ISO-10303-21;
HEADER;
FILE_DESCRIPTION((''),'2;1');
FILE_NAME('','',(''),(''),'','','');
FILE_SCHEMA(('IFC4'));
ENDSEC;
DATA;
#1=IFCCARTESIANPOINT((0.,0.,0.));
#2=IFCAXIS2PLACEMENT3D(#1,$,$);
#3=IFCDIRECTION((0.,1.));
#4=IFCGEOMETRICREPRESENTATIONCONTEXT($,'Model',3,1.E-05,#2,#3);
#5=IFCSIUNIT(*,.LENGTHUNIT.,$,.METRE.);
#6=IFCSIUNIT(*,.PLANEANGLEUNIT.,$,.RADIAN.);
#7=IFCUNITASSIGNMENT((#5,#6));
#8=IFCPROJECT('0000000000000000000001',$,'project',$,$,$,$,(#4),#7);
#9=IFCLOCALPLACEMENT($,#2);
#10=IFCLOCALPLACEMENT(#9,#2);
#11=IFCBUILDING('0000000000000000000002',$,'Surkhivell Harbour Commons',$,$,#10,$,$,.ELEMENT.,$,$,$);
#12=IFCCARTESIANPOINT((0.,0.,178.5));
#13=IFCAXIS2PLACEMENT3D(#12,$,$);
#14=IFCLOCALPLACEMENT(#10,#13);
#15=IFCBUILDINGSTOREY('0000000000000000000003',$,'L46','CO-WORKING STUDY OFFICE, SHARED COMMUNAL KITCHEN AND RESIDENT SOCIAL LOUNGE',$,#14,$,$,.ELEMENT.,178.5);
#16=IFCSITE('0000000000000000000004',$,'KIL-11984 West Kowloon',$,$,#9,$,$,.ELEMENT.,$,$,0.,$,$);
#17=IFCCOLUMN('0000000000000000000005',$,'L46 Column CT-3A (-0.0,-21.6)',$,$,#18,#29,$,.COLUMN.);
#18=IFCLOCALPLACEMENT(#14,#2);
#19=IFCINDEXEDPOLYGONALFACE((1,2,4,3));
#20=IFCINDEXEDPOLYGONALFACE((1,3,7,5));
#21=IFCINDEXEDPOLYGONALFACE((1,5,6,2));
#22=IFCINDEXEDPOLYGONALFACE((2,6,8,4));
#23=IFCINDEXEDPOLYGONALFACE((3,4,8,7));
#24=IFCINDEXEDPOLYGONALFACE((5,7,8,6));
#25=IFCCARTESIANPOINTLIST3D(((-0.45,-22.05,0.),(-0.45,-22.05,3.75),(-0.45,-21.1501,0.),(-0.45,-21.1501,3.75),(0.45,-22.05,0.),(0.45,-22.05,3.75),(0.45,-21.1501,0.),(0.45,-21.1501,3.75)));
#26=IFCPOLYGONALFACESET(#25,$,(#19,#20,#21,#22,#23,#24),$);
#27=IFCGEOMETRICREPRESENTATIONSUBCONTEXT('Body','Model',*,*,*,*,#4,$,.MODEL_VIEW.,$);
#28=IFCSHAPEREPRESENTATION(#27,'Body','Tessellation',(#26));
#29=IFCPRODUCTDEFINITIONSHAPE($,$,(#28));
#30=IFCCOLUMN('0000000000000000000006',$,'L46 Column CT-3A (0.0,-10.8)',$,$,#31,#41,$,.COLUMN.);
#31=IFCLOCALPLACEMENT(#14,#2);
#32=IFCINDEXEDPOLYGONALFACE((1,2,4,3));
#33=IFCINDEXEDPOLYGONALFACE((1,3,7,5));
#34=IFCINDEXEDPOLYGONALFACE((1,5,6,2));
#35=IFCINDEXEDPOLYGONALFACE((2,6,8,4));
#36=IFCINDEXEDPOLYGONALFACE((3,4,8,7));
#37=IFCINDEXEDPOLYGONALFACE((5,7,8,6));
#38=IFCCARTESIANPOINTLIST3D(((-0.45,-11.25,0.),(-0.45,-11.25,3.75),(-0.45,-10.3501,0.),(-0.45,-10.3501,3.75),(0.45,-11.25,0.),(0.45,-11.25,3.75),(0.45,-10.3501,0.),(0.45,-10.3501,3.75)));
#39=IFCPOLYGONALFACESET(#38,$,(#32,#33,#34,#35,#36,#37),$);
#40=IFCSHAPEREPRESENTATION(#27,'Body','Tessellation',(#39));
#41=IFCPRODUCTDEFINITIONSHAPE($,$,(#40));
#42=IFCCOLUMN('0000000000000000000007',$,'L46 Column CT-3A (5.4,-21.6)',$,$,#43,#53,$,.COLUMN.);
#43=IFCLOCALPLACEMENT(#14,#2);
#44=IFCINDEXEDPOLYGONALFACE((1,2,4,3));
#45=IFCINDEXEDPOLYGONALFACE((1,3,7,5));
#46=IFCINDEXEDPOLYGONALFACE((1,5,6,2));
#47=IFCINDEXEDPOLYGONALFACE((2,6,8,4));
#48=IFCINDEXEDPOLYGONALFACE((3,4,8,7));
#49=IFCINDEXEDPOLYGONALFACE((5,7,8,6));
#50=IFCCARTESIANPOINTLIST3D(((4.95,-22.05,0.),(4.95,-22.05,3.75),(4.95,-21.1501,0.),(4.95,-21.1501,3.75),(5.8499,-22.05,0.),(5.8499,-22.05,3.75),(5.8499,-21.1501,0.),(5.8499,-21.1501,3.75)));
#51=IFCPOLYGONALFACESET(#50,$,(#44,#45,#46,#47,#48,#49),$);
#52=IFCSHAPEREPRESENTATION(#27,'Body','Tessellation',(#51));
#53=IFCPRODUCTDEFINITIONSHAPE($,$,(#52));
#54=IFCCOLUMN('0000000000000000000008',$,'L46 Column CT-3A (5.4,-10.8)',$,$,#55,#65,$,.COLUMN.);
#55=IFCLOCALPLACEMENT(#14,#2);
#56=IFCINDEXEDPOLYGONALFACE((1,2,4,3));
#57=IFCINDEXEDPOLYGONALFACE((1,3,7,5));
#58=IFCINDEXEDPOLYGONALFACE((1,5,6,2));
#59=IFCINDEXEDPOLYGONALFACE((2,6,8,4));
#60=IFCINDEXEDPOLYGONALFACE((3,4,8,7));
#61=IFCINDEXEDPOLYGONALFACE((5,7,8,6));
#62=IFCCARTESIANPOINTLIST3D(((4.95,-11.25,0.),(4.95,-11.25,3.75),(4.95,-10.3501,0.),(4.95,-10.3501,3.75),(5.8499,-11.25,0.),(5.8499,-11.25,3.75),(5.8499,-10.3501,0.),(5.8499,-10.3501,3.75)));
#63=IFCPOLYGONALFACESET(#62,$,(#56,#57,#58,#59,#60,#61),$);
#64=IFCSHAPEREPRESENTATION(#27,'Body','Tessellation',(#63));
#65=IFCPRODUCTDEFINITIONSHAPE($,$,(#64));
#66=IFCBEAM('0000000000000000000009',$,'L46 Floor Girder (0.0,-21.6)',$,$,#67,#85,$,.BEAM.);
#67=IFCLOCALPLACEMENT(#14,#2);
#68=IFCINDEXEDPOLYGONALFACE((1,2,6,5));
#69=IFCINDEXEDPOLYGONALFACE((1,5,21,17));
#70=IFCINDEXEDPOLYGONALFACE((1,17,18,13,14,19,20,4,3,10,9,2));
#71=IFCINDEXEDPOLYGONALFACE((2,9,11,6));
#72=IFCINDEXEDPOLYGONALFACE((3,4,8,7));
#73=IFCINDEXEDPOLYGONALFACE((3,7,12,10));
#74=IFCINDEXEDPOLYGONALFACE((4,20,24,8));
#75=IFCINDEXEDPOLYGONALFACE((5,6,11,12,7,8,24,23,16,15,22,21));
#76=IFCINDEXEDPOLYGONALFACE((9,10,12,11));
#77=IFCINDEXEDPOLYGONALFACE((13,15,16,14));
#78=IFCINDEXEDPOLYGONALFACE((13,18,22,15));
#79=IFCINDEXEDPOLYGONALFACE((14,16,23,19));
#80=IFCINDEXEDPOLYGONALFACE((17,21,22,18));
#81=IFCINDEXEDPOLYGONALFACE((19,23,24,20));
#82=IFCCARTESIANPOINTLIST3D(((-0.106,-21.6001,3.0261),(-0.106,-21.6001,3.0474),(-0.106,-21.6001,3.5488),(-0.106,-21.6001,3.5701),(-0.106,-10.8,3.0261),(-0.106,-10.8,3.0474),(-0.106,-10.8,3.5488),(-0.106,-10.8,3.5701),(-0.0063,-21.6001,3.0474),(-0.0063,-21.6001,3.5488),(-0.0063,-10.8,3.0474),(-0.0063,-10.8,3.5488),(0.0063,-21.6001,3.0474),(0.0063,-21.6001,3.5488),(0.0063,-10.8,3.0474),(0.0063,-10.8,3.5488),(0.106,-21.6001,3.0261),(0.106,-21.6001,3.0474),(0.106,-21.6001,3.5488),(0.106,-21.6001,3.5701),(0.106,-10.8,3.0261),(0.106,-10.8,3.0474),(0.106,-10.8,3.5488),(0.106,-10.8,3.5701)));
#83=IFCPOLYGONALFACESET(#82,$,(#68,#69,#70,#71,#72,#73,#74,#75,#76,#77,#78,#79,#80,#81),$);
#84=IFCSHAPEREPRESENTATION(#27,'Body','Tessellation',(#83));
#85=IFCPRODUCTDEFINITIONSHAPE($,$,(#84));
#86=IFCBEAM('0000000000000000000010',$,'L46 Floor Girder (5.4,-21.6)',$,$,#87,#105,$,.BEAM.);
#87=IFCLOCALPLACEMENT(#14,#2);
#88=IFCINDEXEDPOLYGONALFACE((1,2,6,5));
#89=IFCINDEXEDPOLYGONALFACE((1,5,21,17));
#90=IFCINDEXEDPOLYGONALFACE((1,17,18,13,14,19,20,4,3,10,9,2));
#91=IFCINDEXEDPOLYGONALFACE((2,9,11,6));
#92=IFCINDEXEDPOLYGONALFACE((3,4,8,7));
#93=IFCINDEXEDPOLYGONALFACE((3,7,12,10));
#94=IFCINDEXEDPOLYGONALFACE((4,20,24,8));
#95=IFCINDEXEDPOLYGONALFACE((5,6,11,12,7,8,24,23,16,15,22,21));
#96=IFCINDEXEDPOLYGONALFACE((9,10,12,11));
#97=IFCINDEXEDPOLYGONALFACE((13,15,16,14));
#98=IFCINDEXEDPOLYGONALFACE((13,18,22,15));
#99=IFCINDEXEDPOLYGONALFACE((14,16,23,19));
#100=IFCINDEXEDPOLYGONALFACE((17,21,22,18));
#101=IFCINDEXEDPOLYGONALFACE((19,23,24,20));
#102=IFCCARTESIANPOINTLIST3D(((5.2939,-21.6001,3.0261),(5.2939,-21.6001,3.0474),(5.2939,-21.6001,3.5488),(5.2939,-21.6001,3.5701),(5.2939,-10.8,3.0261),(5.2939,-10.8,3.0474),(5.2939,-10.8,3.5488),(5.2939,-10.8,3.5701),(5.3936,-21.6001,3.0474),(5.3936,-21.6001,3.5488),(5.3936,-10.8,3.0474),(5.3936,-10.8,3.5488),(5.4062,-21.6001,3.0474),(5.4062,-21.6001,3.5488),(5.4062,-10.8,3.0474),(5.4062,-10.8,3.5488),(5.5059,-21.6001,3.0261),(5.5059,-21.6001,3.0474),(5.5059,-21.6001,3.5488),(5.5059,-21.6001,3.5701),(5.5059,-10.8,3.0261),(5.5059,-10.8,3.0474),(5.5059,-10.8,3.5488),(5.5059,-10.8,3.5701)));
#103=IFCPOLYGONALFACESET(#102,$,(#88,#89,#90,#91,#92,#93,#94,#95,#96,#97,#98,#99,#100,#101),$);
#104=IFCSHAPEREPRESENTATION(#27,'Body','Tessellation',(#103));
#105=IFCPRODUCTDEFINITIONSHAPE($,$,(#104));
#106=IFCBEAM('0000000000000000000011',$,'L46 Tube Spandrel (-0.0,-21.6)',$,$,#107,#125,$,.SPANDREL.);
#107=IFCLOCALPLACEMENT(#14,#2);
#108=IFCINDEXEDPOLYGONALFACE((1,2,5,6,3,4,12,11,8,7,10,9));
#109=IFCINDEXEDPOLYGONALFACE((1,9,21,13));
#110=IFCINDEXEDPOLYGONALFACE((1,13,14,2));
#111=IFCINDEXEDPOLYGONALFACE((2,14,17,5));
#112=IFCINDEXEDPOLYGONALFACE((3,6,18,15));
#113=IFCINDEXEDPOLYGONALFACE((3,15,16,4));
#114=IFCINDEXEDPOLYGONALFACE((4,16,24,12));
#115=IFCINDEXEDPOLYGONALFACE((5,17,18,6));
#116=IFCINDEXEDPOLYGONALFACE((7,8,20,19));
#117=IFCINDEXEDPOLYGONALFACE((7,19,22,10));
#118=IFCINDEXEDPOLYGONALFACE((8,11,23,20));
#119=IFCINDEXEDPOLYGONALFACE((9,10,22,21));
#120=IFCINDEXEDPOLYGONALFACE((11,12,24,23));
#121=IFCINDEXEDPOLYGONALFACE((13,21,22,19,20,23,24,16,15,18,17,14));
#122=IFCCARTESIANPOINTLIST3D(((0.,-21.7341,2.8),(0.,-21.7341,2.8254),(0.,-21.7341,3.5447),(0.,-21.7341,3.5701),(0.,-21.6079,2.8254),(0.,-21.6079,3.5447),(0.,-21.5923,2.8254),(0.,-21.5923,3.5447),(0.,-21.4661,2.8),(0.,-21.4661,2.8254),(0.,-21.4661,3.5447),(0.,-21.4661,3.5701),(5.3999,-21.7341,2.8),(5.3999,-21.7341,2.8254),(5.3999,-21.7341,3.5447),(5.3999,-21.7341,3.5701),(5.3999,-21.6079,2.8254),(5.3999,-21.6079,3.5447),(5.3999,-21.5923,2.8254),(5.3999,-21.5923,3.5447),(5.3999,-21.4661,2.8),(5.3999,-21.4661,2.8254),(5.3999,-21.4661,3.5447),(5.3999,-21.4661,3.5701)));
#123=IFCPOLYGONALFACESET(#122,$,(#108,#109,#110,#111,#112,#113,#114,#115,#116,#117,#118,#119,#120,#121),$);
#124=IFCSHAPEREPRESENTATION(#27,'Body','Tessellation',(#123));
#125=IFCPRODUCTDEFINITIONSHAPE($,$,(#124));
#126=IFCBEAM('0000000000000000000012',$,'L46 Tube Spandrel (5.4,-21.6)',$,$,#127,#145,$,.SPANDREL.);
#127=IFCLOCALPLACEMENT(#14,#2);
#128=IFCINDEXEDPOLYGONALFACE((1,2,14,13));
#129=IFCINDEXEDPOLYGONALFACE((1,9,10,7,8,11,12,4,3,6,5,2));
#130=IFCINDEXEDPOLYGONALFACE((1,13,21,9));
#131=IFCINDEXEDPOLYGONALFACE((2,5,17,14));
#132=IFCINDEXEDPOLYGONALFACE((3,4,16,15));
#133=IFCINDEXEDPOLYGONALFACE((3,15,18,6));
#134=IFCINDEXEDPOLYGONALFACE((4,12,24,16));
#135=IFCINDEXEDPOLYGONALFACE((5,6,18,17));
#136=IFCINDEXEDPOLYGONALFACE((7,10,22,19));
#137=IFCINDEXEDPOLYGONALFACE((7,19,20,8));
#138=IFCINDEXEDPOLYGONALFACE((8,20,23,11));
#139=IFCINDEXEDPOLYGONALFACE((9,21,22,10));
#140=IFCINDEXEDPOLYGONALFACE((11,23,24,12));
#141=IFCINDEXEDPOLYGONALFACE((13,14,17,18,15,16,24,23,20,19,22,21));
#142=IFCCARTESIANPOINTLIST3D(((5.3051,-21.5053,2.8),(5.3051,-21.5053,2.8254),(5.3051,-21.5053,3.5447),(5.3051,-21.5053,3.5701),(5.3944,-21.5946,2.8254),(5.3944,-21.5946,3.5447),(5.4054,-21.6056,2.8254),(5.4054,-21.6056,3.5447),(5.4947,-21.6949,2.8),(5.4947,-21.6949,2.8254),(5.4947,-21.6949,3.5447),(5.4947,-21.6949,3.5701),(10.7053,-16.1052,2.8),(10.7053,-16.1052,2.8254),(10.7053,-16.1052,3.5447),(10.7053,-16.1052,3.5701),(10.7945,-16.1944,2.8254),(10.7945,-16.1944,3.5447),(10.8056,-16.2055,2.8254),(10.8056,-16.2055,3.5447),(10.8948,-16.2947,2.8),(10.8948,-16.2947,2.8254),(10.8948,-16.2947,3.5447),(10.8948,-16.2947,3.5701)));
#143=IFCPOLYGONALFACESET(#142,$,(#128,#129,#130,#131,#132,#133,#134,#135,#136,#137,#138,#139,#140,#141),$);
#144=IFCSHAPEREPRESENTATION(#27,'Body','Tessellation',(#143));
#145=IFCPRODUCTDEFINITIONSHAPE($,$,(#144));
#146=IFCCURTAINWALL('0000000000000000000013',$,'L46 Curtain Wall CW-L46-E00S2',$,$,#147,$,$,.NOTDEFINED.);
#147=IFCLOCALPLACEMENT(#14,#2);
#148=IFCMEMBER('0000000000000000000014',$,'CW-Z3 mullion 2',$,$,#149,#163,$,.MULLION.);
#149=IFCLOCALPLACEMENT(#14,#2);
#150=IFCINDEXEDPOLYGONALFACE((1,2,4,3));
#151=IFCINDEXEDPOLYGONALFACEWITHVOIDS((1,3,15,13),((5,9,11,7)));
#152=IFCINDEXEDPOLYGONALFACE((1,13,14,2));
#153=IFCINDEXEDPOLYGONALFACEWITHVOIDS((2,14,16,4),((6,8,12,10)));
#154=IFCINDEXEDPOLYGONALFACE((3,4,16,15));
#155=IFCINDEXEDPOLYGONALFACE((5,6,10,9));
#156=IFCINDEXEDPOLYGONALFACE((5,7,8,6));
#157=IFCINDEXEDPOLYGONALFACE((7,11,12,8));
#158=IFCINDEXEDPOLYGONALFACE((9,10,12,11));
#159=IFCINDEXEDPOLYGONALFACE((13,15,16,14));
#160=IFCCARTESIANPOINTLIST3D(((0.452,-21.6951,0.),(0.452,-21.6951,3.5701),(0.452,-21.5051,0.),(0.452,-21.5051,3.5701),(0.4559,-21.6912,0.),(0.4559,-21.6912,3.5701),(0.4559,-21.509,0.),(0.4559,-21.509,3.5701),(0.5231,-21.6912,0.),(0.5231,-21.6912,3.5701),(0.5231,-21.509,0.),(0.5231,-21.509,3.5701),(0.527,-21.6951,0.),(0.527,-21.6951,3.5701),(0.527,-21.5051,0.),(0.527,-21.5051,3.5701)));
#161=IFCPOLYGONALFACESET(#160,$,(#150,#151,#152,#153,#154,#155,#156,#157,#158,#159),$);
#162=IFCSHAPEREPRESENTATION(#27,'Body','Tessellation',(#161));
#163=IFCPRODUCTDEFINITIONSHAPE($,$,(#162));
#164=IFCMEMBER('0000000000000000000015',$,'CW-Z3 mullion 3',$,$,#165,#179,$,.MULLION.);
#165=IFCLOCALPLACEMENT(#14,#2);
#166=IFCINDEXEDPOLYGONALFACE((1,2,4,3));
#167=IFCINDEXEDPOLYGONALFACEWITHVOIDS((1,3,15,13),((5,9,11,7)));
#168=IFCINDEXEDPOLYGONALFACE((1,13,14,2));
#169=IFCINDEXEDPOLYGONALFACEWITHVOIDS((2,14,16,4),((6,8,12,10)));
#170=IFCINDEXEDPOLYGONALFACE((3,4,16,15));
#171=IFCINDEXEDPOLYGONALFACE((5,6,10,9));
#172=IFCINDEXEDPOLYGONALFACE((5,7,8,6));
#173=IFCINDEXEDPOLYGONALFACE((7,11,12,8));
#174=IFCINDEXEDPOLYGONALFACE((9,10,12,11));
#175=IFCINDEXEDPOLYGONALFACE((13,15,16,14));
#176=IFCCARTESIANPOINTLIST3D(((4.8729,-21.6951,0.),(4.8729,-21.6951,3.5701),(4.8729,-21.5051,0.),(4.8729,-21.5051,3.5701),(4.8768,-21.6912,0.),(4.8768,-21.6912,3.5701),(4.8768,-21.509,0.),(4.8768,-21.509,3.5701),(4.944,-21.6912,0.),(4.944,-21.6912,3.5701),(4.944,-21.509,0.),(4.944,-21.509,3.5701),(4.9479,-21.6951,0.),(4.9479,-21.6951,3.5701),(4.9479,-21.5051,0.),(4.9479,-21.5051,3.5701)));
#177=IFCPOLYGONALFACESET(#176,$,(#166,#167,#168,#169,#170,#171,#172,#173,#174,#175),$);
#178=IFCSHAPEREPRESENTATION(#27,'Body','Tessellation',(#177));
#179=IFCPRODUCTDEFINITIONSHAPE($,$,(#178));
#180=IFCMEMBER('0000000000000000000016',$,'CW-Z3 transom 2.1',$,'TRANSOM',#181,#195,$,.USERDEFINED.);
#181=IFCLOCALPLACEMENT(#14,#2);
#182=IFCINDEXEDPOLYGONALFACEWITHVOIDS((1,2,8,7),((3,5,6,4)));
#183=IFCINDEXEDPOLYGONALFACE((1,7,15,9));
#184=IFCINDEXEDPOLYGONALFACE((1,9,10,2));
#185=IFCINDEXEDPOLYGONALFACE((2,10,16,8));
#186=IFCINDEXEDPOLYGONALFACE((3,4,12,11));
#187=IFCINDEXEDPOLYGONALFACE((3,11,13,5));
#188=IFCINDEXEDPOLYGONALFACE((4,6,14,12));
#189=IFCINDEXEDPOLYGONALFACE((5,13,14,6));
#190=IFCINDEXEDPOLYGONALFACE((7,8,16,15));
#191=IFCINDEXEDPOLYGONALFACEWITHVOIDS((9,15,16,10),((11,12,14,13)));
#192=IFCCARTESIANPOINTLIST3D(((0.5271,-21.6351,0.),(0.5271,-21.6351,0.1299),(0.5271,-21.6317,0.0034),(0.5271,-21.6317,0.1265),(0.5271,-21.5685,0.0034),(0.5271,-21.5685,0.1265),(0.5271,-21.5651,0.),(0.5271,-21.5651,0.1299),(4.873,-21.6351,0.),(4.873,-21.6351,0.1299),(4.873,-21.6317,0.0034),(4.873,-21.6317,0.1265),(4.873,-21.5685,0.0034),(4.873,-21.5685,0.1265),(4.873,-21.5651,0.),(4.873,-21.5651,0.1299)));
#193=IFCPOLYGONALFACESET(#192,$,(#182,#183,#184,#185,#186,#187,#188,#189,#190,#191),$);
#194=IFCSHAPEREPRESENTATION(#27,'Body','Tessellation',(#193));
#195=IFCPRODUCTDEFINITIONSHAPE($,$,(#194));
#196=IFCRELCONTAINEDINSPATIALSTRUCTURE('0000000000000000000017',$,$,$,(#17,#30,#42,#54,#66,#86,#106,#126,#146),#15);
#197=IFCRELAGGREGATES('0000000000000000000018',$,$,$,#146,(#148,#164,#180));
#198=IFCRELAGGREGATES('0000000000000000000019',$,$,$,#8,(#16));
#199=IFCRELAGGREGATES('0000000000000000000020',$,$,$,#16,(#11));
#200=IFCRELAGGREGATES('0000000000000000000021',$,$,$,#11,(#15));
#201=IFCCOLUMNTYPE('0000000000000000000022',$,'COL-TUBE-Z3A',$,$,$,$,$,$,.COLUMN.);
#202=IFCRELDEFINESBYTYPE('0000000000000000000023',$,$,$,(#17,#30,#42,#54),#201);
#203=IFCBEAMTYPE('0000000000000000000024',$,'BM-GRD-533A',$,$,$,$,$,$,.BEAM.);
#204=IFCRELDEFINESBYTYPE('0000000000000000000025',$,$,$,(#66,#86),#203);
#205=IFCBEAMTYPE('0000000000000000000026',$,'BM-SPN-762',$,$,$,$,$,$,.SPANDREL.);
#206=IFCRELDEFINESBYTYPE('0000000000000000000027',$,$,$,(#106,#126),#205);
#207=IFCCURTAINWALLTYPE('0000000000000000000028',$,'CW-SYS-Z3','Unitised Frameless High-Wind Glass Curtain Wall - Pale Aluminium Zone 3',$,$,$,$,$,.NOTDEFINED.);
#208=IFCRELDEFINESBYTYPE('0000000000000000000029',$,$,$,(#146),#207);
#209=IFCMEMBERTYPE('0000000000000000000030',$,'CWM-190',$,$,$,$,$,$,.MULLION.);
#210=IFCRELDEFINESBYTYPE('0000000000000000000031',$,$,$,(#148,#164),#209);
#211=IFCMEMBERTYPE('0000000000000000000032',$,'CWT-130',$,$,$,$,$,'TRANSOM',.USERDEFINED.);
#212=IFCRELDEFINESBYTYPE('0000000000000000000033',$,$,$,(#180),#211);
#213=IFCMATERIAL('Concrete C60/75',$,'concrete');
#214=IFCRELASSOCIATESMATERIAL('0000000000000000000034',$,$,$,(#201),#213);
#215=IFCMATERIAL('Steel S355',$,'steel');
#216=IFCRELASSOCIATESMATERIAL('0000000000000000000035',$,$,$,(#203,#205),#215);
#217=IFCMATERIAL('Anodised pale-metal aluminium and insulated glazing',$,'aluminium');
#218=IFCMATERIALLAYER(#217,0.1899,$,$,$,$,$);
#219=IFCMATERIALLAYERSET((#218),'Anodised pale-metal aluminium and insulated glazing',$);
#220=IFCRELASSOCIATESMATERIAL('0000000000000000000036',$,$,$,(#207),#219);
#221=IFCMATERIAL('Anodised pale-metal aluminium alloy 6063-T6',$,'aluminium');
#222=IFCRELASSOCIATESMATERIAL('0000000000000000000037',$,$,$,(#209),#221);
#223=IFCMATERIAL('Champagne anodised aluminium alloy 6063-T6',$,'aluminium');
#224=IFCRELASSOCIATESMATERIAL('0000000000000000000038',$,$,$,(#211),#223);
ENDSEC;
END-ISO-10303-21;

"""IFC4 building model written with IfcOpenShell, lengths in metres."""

from ifc_helpers import new_model, si_unit, direction, frame, origin, origin_2d, place, context, subcontext, project, spatial, rectangle, hollow_rectangle, i_section, extrude, material, layer, layer_set, material_profile, profile_set, type_object, element, aggregate, save


model = new_model("IFC4")

# Units and contexts
model_context = context("Model", 3, precision=1e-05, world=origin(), true_north=direction((0.0, 1.0)))
body_context = subcontext(model_context, "Body", "Model", "MODEL_VIEW")
ifc_project = project(units=[si_unit("LENGTHUNIT", "METRE"), si_unit("PLANEANGLEUNIT", "RADIAN")], contexts=[model_context])

# Site, building, storey
site_placement = place(None, origin())
site = spatial("IfcSite", under=ifc_project, at=site_placement, Name="KIL-11984 West Kowloon", CompositionType="ELEMENT", RefElevation=0.0)
building_placement = place(site_placement, origin())
building = spatial("IfcBuilding", under=site, at=building_placement, Name="Surkhivell Harbour Commons", CompositionType="ELEMENT")
storey_placement = place(building_placement, frame((0.0, 0.0, 178.5)))
storey = spatial("IfcBuildingStorey", under=building, at=storey_placement, Name="L46", Description="CO-WORKING STUDY OFFICE, SHARED COMMUNAL KITCHEN AND RESIDENT SOCIAL LOUNGE", CompositionType="ELEMENT", Elevation=178.5)

# Columns
ifc_material_1 = material(Name="Concrete C60/75", Category="concrete")
ifc_material_profile_1 = material_profile(ifc_material_1, rectangle(XDim=0.8999, YDim=0.8999, at=origin_2d()), Name="RC-COL-900x900")
ifc_profile_set_1 = profile_set([ifc_material_profile_1], Name="Concrete C60/75")
column_type = type_object("IfcColumnType", Name="COL-TUBE-Z3A", PredefinedType="COLUMN", material=ifc_profile_set_1)
for number, where, z_axis, x_axis, name in (
    (1, (0.0, -21.6001, 0.0), (0.0, 0.0, 1.0), (1.0, 0.0, 0.0), "L46 Column CT-3A (-0.0,-21.6)"),
    (2, (0.0, -10.8, 0.0), (0.0, 0.0, 1.0), (1.0, 0.0, 0.0), "L46 Column CT-3A (0.0,-10.8)"),
    (3, (5.3999, -21.6001, 0.0), (0.0, 0.0, 1.0), (1.0, 0.0, 0.0), "L46 Column CT-3A (5.4,-21.6)"),
    (4, (5.3999, -10.8, 0.0), (0.0, 0.0, 1.0), (1.0, 0.0, 0.0), "L46 Column CT-3A (5.4,-10.8)"),
):
    element("IfcColumn", number, at=place(storey_placement, frame(where, z_axis=z_axis, x_axis=x_axis)), inside=storey, type_object=column_type, Name=name, PredefinedType="COLUMN", context=body_context, shape_type="SweptSolid", body=[
        extrude(rectangle(XDim=0.8999, YDim=0.8999, at=origin_2d()), origin(), (0.0, 0.0, 1.0), 3.75),
    ])

# Beams
ifc_material_2 = material(Name="Steel S355", Category="steel")
ifc_material_profile_2 = material_profile(ifc_material_2, i_section(OverallWidth=0.2119, OverallDepth=0.5439, WebThickness=0.0127, FlangeThickness=0.0212, at=origin_2d()), Name="UB533x210x122")
ifc_profile_set_2 = profile_set([ifc_material_profile_2], Name="Steel S355")
beam_type_1 = type_object("IfcBeamType", Name="BM-GRD-533A", PredefinedType="BEAM", material=ifc_profile_set_2)
for number, where, z_axis, x_axis, name in (
    (5, (0.0, -21.6001, 3.2981), (0.0, 1.0, 0.0), (-1.0, 0.0, 0.0), "L46 Floor Girder (0.0,-21.6)"),
    (6, (5.3999, -21.6001, 3.2981), (0.0, 1.0, 0.0), (-1.0, 0.0, 0.0), "L46 Floor Girder (5.4,-21.6)"),
):
    element("IfcBeam", number, at=place(storey_placement, frame(where, z_axis=z_axis, x_axis=x_axis)), inside=storey, type_object=beam_type_1, Name=name, PredefinedType="BEAM", context=body_context, shape_type="SweptSolid", body=[
        extrude(i_section(OverallWidth=0.2119, OverallDepth=0.5439, WebThickness=0.0127, FlangeThickness=0.0212, at=origin_2d()), origin(), (0.0, 0.0, 1.0), 10.8),
    ])
ifc_material_profile_3 = material_profile(ifc_material_2, i_section(OverallWidth=0.2681, OverallDepth=0.77, WebThickness=0.0156, FlangeThickness=0.0254, at=origin_2d()), Name="UB762x267x197")
ifc_profile_set_3 = profile_set([ifc_material_profile_3], Name="Steel S355")
beam_type_2 = type_object("IfcBeamType", Name="BM-SPN-762", PredefinedType="SPANDREL", material=ifc_profile_set_3)
beam_1_placement = place(storey_placement, frame((0.0, -21.6001, 3.1851), z_axis=(1.0, 0.0, 0.0), x_axis=(0.0, 1.0, 0.0)))
element("IfcBeam", 7, at=beam_1_placement, inside=storey, type_object=beam_type_2, Name="L46 Tube Spandrel (-0.0,-21.6)", PredefinedType="SPANDREL", context=body_context, shape_type="SweptSolid", body=[
    extrude(i_section(OverallWidth=0.2681, OverallDepth=0.77, WebThickness=0.0156, FlangeThickness=0.0254, at=origin_2d()), origin(), (0.0, 0.0, 1.0), 5.3999),
])
beam_2_placement = place(storey_placement, frame((5.3999, -21.6001, 3.1851), z_axis=(0.707107, 0.707107, 0.0), x_axis=(-0.707107, 0.707107, 0.0)))
element("IfcBeam", 8, at=beam_2_placement, inside=storey, type_object=beam_type_2, Name="L46 Tube Spandrel (5.4,-21.6)", PredefinedType="SPANDREL", context=body_context, shape_type="SweptSolid", body=[
    extrude(i_section(OverallWidth=0.2681, OverallDepth=0.77, WebThickness=0.0156, FlangeThickness=0.0254, at=origin_2d()), origin(), (0.0, 0.0, 1.0), 7.637),
])

# Curtain wall, members
ifc_material_3 = material(Name="Anodised pale-metal aluminium and insulated glazing", Category="aluminium")
ifc_layer_1 = layer(ifc_material_3, 0.1899)
ifc_layer_set_1 = layer_set([ifc_layer_1], Name="Anodised pale-metal aluminium and insulated glazing")
curtain_wall_type = type_object("IfcCurtainWallType", Name="CW-SYS-Z3", Description="Unitised Frameless High-Wind Glass Curtain Wall - Pale Aluminium Zone 3", PredefinedType="NOTDEFINED", material=ifc_layer_set_1)
curtain_wall_placement = place(storey_placement, origin())
curtain_wall = element("IfcCurtainWall", 9, at=curtain_wall_placement, inside=storey, type_object=curtain_wall_type, Name="L46 Curtain Wall CW-L46-E00S2", PredefinedType="NOTDEFINED")
ifc_material_4 = material(Name="Anodised pale-metal aluminium alloy 6063-T6", Category="aluminium")
ifc_material_profile_4 = material_profile(ifc_material_4, hollow_rectangle(XDim=0.075, YDim=0.1899, WallThickness=0.0039, at=origin_2d()), Name="ALU-MULL-75x190")
ifc_profile_set_4 = profile_set([ifc_material_profile_4], Name="Anodised pale-metal aluminium alloy 6063-T6")
member_type_1 = type_object("IfcMemberType", Name="CWM-190", PredefinedType="MULLION", material=ifc_profile_set_4)
member_1_placement = place(storey_placement, frame((0.4895, -21.6001, 0.0), z_axis=(0.0, 0.0, 1.0), x_axis=(1.0, 0.0, 0.0)))
member_1 = element("IfcMember", 10, at=member_1_placement, type_object=member_type_1, Name="CW-Z3 mullion 2", PredefinedType="MULLION", context=body_context, shape_type="SweptSolid", body=[
    extrude(hollow_rectangle(XDim=0.075, YDim=0.1899, WallThickness=0.0039, at=origin_2d()), origin(), (0.0, 0.0, 1.0), 3.5701),
])
member_2_placement = place(storey_placement, frame((4.9104, -21.6001, 0.0), z_axis=(0.0, 0.0, 1.0), x_axis=(1.0, 0.0, 0.0)))
member_2 = element("IfcMember", 11, at=member_2_placement, type_object=member_type_1, Name="CW-Z3 mullion 3", PredefinedType="MULLION", context=body_context, shape_type="SweptSolid", body=[
    extrude(hollow_rectangle(XDim=0.075, YDim=0.1899, WallThickness=0.0039, at=origin_2d()), origin(), (0.0, 0.0, 1.0), 3.5701),
])
ifc_material_5 = material(Name="Champagne anodised aluminium alloy 6063-T6", Category="aluminium")
ifc_material_profile_5 = material_profile(ifc_material_5, hollow_rectangle(XDim=0.0701, YDim=0.1299, WallThickness=0.0034, at=origin_2d()), Name="ALU-TRAN-70x130")
ifc_profile_set_5 = profile_set([ifc_material_profile_5], Name="Champagne anodised aluminium alloy 6063-T6")
member_type_2 = type_object("IfcMemberType", Name="CWT-130", ElementType="TRANSOM", PredefinedType="USERDEFINED", material=ifc_profile_set_5)
member_3_placement = place(storey_placement, frame((0.5271, -21.6001, 0.0649), z_axis=(1.0, 0.0, 0.0), x_axis=(0.0, 1.0, 0.0)))
member_3 = element("IfcMember", 12, at=member_3_placement, type_object=member_type_2, Name="CW-Z3 transom 2.1", ObjectType="TRANSOM", PredefinedType="USERDEFINED", context=body_context, shape_type="SweptSolid", body=[
    extrude(hollow_rectangle(XDim=0.0701, YDim=0.1299, WallThickness=0.0034, at=origin_2d()), origin(), (0.0, 0.0, 1.0), 4.3459),
])
aggregate(curtain_wall, [member_1, member_2, member_3])

save(model, "model.ifc")
